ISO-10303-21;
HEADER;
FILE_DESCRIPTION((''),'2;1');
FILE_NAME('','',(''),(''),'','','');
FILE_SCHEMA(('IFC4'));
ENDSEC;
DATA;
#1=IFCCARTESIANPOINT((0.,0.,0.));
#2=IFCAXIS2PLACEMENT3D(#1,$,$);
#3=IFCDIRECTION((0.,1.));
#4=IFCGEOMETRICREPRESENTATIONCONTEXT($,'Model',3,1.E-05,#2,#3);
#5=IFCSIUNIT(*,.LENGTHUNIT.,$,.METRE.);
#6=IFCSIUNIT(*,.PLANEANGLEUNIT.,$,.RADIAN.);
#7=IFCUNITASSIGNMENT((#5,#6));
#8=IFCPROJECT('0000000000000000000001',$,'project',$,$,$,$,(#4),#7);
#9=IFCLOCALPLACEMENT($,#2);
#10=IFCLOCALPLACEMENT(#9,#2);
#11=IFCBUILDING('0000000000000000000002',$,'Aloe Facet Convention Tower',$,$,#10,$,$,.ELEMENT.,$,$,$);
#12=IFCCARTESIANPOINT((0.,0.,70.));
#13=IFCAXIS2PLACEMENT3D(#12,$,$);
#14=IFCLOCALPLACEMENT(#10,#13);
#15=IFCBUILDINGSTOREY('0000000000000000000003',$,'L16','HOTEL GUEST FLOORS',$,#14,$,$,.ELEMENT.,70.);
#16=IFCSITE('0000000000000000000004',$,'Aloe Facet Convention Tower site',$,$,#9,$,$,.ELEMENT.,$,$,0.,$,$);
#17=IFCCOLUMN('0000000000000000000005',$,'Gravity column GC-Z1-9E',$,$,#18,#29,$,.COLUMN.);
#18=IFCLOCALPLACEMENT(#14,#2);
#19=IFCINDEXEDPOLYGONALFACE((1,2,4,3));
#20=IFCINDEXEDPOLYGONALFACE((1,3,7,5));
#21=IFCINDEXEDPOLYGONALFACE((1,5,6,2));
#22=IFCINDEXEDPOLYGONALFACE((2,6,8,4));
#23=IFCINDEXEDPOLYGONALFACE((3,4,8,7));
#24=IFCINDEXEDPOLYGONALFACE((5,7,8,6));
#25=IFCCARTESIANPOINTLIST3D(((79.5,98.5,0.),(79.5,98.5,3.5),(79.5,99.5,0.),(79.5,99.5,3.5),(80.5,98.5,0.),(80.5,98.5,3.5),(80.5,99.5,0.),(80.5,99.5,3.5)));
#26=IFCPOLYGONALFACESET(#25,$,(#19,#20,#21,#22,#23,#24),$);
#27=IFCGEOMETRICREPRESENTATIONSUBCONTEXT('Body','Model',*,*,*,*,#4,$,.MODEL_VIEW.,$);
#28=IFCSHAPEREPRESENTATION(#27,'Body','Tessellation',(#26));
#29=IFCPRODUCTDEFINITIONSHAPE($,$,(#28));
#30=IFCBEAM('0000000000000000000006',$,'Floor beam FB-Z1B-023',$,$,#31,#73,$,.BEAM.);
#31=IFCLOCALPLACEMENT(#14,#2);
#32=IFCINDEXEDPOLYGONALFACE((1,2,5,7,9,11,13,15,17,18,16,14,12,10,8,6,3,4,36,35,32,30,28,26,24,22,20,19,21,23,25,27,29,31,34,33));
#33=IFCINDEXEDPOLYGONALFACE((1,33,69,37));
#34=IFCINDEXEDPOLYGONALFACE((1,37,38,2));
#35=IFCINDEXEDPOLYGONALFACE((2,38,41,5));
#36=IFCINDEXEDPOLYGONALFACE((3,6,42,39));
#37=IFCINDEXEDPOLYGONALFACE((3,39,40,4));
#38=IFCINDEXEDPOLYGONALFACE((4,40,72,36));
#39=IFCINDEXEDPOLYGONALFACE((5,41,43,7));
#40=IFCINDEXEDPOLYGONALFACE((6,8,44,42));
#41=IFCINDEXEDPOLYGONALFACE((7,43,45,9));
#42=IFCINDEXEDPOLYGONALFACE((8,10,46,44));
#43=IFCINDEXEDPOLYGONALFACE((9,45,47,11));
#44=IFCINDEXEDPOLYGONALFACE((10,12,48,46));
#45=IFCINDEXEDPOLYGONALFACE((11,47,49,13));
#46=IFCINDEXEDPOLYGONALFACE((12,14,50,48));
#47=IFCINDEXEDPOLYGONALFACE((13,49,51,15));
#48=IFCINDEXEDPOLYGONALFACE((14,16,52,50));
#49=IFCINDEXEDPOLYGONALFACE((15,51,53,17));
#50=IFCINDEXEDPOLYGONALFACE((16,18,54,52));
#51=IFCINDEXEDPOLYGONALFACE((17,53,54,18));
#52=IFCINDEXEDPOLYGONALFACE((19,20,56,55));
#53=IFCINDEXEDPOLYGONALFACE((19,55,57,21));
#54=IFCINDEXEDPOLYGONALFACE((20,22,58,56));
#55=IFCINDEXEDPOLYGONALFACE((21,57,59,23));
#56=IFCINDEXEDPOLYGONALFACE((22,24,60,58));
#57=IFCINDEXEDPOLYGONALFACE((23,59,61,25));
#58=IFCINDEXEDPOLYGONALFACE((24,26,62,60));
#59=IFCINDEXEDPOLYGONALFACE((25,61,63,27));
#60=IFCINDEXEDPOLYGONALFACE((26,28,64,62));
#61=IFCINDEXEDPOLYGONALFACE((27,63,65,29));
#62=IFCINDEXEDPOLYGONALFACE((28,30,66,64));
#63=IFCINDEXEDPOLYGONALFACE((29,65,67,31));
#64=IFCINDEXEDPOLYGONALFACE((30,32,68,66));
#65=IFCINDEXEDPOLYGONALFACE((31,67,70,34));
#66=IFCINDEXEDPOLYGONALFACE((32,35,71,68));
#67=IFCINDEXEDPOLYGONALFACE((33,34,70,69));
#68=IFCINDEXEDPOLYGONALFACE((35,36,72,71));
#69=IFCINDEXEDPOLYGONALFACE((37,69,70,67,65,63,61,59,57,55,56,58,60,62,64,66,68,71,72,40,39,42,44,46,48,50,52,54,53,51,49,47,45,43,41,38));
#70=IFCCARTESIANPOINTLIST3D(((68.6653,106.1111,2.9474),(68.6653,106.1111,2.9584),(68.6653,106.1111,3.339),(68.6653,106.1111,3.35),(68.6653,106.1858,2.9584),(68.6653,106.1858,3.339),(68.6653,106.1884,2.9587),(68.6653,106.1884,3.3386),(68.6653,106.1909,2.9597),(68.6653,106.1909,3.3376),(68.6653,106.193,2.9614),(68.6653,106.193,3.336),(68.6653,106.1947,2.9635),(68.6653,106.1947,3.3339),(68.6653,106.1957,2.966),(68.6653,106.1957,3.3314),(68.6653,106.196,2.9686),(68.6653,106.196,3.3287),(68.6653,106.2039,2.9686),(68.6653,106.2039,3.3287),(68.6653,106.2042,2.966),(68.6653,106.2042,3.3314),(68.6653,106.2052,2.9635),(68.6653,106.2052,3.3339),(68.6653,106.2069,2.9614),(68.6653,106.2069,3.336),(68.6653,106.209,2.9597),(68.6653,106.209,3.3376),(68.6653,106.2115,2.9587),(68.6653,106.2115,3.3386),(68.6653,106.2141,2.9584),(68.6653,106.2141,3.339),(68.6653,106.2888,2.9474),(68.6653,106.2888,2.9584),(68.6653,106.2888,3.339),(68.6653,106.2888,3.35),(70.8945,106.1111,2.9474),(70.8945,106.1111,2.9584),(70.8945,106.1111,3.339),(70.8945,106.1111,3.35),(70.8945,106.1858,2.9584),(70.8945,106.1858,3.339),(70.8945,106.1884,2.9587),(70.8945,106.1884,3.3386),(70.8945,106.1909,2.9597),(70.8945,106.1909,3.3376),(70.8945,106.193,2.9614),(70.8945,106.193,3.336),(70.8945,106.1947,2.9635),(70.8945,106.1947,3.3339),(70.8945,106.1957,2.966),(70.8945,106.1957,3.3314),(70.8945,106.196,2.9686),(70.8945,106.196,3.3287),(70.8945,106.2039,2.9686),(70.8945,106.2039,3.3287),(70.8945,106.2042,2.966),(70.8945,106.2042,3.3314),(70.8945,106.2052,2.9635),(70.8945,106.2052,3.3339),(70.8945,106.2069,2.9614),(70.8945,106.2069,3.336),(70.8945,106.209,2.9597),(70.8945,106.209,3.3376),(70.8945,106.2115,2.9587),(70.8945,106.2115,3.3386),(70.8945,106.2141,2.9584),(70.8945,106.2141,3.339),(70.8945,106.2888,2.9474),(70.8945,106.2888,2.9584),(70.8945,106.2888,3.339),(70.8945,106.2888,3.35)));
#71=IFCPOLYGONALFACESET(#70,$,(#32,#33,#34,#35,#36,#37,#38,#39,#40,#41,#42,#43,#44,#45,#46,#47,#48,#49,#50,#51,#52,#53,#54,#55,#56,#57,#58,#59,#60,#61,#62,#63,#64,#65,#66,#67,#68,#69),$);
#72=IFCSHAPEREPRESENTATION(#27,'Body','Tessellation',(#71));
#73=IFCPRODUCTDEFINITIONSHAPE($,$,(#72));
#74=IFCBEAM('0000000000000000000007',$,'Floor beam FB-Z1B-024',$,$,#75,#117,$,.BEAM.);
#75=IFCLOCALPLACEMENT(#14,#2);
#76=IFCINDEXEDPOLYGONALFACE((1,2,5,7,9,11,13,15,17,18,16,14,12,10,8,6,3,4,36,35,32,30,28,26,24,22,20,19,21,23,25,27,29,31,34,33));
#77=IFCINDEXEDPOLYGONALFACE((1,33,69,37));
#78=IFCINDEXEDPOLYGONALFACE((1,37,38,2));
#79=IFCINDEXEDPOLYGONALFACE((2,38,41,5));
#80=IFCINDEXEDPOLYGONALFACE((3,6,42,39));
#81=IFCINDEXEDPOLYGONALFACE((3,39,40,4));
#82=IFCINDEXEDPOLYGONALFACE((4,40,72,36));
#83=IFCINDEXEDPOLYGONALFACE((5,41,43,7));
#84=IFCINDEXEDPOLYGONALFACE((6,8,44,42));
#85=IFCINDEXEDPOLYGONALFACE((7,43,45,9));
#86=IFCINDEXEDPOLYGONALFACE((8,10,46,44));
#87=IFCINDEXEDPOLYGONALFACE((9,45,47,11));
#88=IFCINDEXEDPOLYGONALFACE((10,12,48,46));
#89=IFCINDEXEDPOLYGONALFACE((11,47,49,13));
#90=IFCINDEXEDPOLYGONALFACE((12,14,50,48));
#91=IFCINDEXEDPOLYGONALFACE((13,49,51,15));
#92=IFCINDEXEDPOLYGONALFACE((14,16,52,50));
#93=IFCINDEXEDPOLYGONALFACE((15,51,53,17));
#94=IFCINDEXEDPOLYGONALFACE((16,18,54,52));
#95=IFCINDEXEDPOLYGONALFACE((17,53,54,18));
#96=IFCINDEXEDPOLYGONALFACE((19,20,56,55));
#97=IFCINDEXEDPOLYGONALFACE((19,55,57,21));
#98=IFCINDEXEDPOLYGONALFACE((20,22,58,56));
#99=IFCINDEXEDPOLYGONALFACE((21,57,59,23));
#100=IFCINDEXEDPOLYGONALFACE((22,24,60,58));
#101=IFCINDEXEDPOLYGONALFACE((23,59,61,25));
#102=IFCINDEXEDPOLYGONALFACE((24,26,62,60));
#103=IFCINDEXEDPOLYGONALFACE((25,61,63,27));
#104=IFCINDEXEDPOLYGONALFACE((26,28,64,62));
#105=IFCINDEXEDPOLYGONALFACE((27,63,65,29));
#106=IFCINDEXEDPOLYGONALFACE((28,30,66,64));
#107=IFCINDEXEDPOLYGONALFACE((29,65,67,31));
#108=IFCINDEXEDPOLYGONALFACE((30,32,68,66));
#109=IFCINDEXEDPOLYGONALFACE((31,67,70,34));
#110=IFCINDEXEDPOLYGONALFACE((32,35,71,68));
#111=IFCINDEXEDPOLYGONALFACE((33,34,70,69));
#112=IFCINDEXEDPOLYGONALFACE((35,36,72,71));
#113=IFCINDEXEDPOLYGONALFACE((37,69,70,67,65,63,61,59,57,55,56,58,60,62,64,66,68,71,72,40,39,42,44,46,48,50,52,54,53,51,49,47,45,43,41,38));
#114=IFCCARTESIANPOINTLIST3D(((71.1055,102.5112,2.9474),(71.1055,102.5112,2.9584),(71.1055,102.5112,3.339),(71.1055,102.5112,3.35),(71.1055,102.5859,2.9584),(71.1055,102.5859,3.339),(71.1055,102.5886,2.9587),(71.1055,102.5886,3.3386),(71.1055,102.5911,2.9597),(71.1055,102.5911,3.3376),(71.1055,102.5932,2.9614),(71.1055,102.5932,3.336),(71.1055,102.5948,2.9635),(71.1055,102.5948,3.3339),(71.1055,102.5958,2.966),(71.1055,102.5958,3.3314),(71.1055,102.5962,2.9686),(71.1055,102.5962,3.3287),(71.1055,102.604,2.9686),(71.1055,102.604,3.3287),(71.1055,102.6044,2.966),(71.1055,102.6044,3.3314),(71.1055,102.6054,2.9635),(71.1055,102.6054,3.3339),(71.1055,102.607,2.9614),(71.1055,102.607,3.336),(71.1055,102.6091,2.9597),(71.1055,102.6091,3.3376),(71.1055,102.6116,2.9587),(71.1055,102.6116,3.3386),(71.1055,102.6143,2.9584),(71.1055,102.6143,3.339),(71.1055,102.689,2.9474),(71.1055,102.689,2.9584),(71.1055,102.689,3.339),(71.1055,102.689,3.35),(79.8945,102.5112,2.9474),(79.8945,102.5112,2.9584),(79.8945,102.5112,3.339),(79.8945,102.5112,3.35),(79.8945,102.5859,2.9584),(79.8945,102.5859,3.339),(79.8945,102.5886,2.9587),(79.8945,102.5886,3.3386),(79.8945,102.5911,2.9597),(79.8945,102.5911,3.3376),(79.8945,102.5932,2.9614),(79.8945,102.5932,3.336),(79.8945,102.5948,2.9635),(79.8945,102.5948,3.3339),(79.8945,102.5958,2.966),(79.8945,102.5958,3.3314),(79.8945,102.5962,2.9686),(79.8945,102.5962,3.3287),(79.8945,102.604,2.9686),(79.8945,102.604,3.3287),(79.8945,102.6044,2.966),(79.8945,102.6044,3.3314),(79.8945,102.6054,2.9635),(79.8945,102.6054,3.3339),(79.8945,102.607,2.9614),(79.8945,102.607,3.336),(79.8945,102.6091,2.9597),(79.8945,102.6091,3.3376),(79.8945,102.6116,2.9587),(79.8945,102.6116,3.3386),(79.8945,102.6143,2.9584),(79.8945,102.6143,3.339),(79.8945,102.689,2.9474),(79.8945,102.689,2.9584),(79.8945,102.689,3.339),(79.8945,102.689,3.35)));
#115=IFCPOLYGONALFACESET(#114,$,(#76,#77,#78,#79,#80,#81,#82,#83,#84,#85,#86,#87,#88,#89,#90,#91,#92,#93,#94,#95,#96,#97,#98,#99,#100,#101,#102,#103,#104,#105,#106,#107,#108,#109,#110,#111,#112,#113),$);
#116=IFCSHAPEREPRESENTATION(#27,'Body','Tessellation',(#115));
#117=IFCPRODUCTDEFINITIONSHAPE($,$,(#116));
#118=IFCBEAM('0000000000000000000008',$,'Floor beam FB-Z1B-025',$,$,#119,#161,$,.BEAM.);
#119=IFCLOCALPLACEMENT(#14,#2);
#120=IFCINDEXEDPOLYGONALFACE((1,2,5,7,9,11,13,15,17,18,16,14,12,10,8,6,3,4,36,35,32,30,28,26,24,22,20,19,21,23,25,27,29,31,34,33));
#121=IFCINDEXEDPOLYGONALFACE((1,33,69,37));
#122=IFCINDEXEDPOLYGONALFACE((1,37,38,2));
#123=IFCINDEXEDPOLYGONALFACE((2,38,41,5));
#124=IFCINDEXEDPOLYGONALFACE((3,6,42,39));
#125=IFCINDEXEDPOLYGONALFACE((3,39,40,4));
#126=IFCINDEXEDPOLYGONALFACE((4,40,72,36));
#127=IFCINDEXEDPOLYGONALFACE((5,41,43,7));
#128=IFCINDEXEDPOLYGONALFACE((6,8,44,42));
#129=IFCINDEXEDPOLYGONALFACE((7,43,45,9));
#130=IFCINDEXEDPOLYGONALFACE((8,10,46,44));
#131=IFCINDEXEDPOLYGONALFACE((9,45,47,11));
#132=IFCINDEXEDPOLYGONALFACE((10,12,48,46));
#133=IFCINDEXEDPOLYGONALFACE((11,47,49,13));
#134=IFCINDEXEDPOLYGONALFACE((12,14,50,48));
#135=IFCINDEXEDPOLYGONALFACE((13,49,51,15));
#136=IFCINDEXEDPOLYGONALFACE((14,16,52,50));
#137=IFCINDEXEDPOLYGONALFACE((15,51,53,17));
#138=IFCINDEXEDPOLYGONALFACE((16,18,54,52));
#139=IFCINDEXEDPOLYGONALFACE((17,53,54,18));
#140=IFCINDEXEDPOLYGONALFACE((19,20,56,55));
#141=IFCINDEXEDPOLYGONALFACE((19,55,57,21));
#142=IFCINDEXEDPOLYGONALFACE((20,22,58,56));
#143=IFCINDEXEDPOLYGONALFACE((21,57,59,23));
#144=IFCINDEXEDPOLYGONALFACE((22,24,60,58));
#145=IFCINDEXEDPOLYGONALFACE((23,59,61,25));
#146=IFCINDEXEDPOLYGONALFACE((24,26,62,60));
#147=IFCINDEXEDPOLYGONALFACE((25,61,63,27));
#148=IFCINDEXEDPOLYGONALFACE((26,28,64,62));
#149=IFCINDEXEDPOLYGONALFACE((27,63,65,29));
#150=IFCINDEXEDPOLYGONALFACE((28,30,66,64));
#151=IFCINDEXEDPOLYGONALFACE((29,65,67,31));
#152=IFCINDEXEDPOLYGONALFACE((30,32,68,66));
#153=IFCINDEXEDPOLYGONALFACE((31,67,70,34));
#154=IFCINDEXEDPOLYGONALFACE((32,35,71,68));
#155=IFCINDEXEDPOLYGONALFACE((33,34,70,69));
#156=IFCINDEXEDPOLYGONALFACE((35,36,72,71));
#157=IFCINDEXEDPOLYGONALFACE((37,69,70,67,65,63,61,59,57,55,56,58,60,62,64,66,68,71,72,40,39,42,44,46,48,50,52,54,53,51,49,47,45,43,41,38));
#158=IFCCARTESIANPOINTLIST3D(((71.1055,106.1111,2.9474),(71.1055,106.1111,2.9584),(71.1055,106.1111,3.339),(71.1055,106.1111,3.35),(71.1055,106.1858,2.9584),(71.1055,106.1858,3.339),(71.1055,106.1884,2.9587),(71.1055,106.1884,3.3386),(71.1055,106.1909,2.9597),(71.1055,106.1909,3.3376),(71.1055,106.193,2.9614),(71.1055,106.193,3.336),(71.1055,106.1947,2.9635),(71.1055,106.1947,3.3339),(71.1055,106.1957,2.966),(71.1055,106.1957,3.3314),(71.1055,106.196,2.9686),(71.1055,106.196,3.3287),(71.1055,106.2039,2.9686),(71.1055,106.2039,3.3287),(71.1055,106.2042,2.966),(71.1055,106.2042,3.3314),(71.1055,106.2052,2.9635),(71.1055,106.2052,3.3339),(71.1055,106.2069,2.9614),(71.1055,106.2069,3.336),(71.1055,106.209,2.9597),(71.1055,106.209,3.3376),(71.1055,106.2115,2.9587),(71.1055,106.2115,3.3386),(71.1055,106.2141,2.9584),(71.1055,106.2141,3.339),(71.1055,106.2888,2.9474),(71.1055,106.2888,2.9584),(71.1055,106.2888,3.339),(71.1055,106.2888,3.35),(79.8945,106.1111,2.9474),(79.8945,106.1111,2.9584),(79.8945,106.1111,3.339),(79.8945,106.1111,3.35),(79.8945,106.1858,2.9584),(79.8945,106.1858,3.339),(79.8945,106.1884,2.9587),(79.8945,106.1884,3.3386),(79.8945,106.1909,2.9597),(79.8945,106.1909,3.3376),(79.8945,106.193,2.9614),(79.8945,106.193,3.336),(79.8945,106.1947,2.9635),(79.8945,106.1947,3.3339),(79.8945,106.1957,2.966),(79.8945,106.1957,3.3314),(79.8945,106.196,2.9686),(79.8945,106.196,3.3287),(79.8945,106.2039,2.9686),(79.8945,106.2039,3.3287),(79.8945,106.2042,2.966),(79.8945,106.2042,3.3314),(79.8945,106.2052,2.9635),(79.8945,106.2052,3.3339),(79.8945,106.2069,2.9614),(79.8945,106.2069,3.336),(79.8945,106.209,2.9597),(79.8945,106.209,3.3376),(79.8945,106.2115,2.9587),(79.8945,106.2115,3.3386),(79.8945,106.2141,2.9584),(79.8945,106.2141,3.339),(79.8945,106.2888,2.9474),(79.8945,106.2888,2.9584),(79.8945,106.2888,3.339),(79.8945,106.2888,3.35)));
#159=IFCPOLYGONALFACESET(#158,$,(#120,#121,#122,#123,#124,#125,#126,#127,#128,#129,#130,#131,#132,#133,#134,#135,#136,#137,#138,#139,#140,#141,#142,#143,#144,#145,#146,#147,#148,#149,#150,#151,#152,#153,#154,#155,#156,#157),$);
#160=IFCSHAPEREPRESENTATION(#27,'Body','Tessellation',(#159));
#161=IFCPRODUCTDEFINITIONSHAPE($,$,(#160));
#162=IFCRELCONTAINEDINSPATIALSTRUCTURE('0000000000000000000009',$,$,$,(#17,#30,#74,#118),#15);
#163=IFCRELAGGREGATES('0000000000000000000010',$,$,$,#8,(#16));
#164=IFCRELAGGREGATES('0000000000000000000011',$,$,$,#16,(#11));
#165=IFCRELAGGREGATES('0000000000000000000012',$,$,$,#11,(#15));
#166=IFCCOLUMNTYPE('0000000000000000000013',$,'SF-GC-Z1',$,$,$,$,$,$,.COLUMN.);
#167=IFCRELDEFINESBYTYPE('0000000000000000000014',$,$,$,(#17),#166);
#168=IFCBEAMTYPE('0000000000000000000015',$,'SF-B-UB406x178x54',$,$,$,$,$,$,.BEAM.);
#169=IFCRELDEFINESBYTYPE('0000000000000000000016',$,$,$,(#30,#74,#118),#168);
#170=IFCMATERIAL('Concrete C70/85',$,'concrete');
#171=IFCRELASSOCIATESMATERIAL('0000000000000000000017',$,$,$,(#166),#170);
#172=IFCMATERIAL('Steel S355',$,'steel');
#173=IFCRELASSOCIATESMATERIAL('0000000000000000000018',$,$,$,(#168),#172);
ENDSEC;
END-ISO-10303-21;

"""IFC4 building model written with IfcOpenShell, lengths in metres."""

from ifc_helpers import new_model, si_unit, direction, frame, origin, origin_2d, place, context, subcontext, project, spatial, rectangle, i_section, extrude, material, material_profile, profile_set, type_object, element, save


model = new_model("IFC4")

# Units and contexts
model_context = context("Model", 3, precision=1e-05, world=origin(), true_north=direction((0.0, 1.0)))
body_context = subcontext(model_context, "Body", "Model", "MODEL_VIEW")
ifc_project = project(units=[si_unit("LENGTHUNIT", "METRE"), si_unit("PLANEANGLEUNIT", "RADIAN")], contexts=[model_context])

# Site, building, storey
site_placement = place(None, origin())
site = spatial("IfcSite", under=ifc_project, at=site_placement, Name="Aloe Facet Convention Tower site", CompositionType="ELEMENT", RefElevation=0.0)
building_placement = place(site_placement, origin())
building = spatial("IfcBuilding", under=site, at=building_placement, Name="Aloe Facet Convention Tower", CompositionType="ELEMENT")
storey_placement = place(building_placement, frame((0.0, 0.0, 70.0)))
storey = spatial("IfcBuildingStorey", under=building, at=storey_placement, Name="L16", Description="HOTEL GUEST FLOORS", CompositionType="ELEMENT", Elevation=70.0)

# Column
ifc_material_1 = material(Name="Concrete C70/85", Category="concrete")
ifc_material_profile_1 = material_profile(ifc_material_1, rectangle(XDim=1.0, YDim=1.0, at=origin_2d()), Name="SF-GC-Z1")
ifc_profile_set_1 = profile_set([ifc_material_profile_1], Name="Concrete C70/85")
column_type = type_object("IfcColumnType", Name="SF-GC-Z1", PredefinedType="COLUMN", material=ifc_profile_set_1)
column_placement = place(storey_placement, frame((80.0, 99.0, 0.0), z_axis=(0.0, 0.0, 1.0), x_axis=(1.0, 0.0, 0.0)))
element("IfcColumn", 1, at=column_placement, inside=storey, type_object=column_type, Name="Gravity column GC-Z1-9E", PredefinedType="COLUMN", context=body_context, shape_type="SweptSolid", body=[
    extrude(rectangle(XDim=1.0, YDim=1.0, at=origin_2d()), origin(), (0.0, 0.0, 1.0), 3.5),
])

# Beams
ifc_material_2 = material(Name="Steel S355", Category="steel")
ifc_material_profile_2 = material_profile(ifc_material_2, i_section(OverallWidth=0.1777, OverallDepth=0.4026, WebThickness=0.0078, FlangeThickness=0.011, FilletRadius=0.0103, at=origin_2d()), Name="UB 406x178x54")
ifc_profile_set_2 = profile_set([ifc_material_profile_2], Name="Steel S355")
beam_type = type_object("IfcBeamType", Name="SF-B-UB406x178x54", PredefinedType="BEAM", material=ifc_profile_set_2)
beam_1_placement = place(storey_placement, frame((68.6653, 106.2, 3.1487), z_axis=(1.0, 0.0, 0.0), x_axis=(0.0, 1.0, 0.0)))
element("IfcBeam", 2, at=beam_1_placement, inside=storey, type_object=beam_type, Name="Floor beam FB-Z1B-023", PredefinedType="BEAM", context=body_context, shape_type="SweptSolid", body=[
    extrude(i_section(OverallWidth=0.1777, OverallDepth=0.4026, WebThickness=0.0078, FlangeThickness=0.011, FilletRadius=0.0103, at=origin_2d()), origin(), (0.0, 0.0, 1.0), 2.2292),
])
for number, where, z_axis, x_axis, name in (
    (3, (71.1055, 102.6001, 3.1487), (1.0, 0.0, 0.0), (0.0, 1.0, 0.0), "Floor beam FB-Z1B-024"),
    (4, (71.1055, 106.2, 3.1487), (1.0, 0.0, 0.0), (0.0, 1.0, 0.0), "Floor beam FB-Z1B-025"),
):
    element("IfcBeam", number, at=place(storey_placement, frame(where, z_axis=z_axis, x_axis=x_axis)), inside=storey, type_object=beam_type, Name=name, PredefinedType="BEAM", context=body_context, shape_type="SweptSolid", body=[
        extrude(i_section(OverallWidth=0.1777, OverallDepth=0.4026, WebThickness=0.0078, FlangeThickness=0.011, FilletRadius=0.0103, at=origin_2d()), origin(), (0.0, 0.0, 1.0), 8.7891),
    ])

save(model, "model.ifc")
